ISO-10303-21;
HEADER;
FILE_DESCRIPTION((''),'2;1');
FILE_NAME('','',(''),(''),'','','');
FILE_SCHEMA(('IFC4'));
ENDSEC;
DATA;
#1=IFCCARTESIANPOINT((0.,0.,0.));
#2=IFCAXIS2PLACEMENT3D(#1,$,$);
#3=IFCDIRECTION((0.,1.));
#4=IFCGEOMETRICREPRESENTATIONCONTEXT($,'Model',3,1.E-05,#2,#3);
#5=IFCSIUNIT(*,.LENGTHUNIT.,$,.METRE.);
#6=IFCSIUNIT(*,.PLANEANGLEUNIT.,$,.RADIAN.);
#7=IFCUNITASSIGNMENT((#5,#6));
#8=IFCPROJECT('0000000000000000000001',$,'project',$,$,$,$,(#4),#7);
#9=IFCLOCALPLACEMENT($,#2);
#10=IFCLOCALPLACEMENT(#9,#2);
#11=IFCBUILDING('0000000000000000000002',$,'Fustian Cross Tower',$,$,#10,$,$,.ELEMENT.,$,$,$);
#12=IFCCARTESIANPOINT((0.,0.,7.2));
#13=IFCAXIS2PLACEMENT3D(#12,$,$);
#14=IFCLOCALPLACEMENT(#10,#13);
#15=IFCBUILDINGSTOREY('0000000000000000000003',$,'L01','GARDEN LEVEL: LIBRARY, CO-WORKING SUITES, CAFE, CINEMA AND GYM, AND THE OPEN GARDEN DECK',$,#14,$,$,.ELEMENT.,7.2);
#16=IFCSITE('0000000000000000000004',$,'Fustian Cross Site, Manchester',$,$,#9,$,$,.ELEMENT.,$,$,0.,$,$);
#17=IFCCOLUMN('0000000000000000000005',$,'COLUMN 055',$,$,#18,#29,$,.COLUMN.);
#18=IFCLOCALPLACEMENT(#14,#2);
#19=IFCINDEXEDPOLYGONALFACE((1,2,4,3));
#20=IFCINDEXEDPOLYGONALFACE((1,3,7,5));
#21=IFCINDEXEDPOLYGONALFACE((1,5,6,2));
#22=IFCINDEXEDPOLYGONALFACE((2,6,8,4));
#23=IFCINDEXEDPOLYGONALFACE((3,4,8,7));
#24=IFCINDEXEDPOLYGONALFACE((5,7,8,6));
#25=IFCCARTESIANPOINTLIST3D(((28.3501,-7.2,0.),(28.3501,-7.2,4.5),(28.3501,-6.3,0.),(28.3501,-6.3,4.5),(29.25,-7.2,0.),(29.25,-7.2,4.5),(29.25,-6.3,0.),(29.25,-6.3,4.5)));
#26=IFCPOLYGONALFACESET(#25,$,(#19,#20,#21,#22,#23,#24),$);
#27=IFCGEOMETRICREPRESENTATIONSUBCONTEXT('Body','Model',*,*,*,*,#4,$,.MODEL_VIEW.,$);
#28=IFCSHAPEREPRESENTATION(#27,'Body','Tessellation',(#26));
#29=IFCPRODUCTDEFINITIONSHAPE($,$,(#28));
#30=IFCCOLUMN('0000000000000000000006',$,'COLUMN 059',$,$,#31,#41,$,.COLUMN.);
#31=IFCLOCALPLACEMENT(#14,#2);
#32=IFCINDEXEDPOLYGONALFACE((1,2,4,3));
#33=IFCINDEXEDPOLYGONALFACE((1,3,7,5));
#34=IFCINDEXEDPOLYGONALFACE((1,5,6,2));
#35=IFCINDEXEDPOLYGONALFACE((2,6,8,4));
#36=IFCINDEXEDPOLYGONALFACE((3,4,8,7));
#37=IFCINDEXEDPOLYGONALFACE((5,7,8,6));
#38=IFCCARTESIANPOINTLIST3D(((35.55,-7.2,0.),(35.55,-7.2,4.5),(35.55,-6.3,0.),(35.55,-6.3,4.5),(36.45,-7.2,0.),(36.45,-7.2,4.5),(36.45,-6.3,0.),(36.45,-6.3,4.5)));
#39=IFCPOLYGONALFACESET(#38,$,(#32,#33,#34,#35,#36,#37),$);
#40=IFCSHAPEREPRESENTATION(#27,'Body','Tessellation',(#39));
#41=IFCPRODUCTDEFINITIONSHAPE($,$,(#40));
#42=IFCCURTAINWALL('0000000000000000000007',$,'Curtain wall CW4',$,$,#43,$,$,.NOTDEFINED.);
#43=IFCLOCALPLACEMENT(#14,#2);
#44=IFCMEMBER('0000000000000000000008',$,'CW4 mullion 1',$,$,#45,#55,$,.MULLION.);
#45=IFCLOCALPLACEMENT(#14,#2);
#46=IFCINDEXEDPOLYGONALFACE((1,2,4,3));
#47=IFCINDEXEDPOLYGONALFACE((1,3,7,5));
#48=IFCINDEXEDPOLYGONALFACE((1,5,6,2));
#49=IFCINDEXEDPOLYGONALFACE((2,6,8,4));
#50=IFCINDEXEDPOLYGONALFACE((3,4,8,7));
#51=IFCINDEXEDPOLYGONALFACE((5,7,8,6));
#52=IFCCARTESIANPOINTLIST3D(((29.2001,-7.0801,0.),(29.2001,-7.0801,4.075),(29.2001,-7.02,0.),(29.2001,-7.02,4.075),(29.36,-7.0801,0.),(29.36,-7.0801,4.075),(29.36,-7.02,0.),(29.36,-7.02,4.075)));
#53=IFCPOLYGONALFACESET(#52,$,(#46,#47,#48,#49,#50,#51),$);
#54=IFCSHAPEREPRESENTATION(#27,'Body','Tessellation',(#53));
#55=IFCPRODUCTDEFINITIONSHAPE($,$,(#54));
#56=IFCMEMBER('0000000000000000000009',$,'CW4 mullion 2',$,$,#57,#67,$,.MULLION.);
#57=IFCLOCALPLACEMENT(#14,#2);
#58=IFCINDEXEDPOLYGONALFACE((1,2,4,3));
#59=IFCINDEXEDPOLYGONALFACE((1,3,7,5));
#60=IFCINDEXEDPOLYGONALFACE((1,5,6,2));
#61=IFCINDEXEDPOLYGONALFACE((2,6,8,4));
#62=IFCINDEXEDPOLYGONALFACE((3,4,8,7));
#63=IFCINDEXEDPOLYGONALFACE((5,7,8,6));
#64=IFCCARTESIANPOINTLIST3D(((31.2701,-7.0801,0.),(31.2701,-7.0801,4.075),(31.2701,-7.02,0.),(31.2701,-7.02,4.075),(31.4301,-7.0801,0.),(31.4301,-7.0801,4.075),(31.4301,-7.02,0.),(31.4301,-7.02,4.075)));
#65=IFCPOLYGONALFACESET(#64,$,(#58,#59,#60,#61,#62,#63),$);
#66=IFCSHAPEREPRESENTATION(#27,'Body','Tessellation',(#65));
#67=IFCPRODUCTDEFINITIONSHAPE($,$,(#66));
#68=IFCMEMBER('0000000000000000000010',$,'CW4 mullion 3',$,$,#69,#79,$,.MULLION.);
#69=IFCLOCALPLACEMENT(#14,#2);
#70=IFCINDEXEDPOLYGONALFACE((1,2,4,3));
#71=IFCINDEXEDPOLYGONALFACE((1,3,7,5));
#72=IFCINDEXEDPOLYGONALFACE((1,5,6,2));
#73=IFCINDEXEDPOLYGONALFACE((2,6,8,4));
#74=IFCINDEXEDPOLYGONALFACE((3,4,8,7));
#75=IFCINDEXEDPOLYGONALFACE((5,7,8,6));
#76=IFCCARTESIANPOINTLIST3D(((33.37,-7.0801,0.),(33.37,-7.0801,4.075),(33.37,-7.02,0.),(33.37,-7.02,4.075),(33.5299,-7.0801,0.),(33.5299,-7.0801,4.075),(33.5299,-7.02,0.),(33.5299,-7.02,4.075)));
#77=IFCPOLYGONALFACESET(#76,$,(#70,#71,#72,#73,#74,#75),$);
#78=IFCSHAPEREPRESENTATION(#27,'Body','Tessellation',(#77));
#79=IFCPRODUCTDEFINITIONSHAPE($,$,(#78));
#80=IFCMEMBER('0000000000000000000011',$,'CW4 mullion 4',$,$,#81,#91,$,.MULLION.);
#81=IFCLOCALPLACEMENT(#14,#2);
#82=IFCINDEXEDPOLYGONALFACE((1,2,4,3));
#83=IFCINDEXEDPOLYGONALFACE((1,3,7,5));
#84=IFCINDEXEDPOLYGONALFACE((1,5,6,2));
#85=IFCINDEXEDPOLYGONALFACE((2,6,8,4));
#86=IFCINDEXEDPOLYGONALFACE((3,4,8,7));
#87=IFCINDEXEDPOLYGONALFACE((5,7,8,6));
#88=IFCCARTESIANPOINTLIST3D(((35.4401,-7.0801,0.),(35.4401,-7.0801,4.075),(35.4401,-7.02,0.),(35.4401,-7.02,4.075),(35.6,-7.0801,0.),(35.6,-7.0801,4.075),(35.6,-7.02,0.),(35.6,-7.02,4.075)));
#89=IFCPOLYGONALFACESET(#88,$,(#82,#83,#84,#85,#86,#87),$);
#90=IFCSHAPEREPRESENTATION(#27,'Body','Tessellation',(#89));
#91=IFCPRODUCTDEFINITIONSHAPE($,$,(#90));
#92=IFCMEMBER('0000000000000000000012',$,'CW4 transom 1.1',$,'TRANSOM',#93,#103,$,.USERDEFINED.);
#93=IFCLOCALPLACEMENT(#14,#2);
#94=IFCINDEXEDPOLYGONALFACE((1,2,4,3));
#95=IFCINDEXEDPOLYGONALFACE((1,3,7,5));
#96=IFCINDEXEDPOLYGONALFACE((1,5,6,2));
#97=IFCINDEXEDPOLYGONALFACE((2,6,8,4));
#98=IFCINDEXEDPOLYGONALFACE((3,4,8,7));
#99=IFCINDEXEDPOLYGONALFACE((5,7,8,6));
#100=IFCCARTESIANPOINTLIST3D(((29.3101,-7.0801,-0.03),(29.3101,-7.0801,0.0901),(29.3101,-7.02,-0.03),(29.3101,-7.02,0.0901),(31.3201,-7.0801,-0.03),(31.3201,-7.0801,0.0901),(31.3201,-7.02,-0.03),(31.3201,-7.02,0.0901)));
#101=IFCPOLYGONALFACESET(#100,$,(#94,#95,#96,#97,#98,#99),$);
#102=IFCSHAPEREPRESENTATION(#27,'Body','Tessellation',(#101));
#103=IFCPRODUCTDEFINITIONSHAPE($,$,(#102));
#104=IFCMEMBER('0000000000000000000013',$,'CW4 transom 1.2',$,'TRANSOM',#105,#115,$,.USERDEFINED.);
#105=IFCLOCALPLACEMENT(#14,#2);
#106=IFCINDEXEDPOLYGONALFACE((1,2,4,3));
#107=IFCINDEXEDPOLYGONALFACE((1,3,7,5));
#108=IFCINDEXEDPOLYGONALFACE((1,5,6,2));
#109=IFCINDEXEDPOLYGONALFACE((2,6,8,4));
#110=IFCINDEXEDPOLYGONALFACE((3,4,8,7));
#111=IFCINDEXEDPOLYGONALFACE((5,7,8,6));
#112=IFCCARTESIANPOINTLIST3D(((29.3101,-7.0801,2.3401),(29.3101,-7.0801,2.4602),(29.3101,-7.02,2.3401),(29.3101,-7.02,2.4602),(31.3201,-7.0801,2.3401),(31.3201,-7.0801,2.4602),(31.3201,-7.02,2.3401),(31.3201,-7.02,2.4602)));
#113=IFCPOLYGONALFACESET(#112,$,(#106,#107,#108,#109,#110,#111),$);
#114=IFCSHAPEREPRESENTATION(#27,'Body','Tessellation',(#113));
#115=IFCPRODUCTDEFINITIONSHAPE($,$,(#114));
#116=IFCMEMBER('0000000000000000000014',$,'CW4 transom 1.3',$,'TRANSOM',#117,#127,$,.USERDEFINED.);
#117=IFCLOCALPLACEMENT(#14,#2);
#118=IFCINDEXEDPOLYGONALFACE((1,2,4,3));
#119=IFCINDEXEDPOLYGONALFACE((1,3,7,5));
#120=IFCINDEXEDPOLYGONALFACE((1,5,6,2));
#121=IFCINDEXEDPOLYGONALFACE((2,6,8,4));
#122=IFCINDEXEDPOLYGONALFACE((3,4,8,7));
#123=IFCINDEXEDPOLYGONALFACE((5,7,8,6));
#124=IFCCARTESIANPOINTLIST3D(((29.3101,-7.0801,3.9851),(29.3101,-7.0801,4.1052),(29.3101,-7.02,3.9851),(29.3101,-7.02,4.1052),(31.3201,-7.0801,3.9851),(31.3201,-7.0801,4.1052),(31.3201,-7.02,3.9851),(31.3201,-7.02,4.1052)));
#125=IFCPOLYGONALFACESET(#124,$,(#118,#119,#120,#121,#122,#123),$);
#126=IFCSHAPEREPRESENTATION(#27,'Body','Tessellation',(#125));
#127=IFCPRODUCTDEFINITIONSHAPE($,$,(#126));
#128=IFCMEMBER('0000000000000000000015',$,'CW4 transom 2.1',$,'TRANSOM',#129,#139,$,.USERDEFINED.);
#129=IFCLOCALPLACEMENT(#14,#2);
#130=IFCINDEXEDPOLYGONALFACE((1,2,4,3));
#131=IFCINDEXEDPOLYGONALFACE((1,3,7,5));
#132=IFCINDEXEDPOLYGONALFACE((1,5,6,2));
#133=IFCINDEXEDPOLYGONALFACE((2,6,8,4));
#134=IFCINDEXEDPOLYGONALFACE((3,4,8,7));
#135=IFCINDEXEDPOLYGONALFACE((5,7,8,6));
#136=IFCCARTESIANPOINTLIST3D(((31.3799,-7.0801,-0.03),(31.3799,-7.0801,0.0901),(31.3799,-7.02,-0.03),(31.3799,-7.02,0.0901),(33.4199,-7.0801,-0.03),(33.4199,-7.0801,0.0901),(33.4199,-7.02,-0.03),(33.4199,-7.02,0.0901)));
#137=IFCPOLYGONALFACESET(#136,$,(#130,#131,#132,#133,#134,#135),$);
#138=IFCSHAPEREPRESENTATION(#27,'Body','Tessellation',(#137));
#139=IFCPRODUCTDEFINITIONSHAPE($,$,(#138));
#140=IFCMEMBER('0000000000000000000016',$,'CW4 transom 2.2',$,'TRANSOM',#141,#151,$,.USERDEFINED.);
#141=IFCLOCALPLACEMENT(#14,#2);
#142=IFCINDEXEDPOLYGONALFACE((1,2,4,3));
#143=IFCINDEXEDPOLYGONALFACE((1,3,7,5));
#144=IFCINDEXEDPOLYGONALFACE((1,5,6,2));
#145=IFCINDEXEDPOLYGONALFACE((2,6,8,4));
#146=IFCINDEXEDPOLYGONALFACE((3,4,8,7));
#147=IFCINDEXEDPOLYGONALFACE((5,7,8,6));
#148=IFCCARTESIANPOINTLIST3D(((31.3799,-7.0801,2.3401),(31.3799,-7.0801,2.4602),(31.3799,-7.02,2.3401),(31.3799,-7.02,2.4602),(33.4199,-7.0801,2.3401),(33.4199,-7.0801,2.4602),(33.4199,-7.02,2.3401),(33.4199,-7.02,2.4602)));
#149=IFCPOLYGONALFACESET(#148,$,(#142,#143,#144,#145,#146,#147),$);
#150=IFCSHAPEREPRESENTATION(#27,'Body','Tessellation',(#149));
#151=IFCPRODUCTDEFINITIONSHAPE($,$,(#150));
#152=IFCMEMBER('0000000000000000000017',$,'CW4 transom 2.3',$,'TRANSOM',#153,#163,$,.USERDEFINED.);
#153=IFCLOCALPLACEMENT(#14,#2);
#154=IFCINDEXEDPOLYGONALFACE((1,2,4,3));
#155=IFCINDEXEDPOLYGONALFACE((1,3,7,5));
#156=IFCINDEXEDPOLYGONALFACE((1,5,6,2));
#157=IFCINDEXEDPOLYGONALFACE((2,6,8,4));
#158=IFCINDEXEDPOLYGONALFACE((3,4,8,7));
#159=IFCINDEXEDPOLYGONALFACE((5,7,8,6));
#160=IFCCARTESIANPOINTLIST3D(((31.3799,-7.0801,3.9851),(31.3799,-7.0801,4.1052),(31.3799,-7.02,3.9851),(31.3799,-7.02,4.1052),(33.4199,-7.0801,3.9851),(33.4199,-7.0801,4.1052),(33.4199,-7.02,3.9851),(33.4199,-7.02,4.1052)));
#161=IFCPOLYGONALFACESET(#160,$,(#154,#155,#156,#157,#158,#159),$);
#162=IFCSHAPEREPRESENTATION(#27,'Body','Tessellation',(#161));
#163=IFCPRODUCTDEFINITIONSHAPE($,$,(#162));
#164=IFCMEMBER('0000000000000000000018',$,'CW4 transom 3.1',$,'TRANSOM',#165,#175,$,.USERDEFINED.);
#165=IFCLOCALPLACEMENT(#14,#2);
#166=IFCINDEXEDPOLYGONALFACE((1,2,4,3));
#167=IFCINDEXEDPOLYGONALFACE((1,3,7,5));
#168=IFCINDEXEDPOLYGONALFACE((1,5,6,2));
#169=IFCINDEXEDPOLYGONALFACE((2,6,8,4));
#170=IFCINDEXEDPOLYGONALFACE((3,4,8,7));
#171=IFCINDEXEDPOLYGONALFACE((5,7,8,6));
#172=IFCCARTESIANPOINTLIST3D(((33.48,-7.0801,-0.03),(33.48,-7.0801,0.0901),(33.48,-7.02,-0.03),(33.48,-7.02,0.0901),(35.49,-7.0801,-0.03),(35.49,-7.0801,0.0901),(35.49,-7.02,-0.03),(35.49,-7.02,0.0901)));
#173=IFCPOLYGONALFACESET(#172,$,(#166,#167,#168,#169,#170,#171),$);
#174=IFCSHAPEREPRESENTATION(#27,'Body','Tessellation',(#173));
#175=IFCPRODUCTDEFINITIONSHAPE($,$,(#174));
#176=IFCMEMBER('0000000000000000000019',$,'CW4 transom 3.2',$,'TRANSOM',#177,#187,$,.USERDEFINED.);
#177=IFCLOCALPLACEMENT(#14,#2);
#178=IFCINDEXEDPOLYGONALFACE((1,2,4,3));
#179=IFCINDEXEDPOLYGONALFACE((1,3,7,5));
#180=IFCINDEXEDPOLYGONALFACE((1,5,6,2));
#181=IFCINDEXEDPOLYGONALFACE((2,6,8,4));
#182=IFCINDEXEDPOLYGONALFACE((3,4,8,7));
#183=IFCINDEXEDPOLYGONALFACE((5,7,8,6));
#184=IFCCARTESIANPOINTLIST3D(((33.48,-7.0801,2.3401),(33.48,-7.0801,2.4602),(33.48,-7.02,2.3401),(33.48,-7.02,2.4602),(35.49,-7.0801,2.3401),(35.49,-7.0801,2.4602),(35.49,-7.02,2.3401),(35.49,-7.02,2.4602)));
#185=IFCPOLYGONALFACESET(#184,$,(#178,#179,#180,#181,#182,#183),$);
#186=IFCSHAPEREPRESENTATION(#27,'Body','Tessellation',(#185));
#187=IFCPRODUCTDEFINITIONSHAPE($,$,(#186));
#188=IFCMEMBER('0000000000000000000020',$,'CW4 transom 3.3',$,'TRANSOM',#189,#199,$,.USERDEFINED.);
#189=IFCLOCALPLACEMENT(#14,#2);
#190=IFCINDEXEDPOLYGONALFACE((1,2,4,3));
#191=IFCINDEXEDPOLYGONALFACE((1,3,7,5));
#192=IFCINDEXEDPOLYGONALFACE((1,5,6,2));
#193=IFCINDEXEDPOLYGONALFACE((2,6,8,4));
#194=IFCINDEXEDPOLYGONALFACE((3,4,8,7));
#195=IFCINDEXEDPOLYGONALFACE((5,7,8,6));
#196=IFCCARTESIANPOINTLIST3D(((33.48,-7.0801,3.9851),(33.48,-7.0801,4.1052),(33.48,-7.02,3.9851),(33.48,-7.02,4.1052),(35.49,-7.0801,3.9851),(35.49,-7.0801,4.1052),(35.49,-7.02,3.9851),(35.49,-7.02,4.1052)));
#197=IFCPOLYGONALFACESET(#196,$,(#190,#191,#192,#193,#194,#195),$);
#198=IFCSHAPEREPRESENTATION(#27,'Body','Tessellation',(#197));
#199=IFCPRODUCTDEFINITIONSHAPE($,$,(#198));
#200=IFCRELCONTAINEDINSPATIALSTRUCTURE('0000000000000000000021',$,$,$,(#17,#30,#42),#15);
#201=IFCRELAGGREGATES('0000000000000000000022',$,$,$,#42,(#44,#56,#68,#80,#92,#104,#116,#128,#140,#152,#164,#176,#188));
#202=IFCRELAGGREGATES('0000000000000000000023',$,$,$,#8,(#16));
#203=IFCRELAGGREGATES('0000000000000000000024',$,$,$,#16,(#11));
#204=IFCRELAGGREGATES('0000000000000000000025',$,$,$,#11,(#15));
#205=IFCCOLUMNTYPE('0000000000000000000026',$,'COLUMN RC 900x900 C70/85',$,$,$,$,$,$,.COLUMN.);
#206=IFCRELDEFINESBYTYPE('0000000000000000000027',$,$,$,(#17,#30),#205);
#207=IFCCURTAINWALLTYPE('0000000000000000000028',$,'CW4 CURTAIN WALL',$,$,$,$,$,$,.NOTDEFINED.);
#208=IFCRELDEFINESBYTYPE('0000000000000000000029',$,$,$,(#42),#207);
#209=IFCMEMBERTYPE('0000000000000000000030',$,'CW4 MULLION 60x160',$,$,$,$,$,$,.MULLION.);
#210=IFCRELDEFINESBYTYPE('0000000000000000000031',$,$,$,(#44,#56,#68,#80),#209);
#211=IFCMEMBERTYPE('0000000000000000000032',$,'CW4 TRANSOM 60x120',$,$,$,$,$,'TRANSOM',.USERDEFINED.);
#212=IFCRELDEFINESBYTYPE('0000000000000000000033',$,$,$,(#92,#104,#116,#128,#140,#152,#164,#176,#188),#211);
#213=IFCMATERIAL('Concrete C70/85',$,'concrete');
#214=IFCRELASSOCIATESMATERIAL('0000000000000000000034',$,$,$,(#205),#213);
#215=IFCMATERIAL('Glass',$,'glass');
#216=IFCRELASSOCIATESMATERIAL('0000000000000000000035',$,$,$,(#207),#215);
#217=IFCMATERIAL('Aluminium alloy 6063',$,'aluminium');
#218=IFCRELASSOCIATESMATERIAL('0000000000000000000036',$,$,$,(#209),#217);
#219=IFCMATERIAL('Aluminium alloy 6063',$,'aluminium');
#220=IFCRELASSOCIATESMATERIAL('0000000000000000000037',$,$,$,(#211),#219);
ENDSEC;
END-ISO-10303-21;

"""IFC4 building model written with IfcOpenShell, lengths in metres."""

from ifc_helpers import new_model, si_unit, direction, frame, origin, origin_2d, place, context, subcontext, project, spatial, rectangle, extrude, material, material_profile, profile_set, type_object, element, aggregate, save


model = new_model("IFC4")

# Units and contexts
model_context = context("Model", 3, precision=1e-05, world=origin(), true_north=direction((0.0, 1.0)))
body_context = subcontext(model_context, "Body", "Model", "MODEL_VIEW")
ifc_project = project(units=[si_unit("LENGTHUNIT", "METRE"), si_unit("PLANEANGLEUNIT", "RADIAN")], contexts=[model_context])

# Site, building, storey
site_placement = place(None, origin())
site = spatial("IfcSite", under=ifc_project, at=site_placement, Name="Fustian Cross Site, Manchester", CompositionType="ELEMENT", RefElevation=0.0)
building_placement = place(site_placement, origin())
building = spatial("IfcBuilding", under=site, at=building_placement, Name="Fustian Cross Tower", CompositionType="ELEMENT")
storey_placement = place(building_placement, frame((0.0, 0.0, 7.2)))
storey = spatial("IfcBuildingStorey", under=building, at=storey_placement, Name="L01", Description="GARDEN LEVEL: LIBRARY, CO-WORKING SUITES, CAFE, CINEMA AND GYM, AND THE OPEN GARDEN DECK", CompositionType="ELEMENT", Elevation=7.2)

# Columns
ifc_material_1 = material(Name="Concrete C70/85", Category="concrete")
ifc_material_profile_1 = material_profile(ifc_material_1, rectangle(XDim=0.8999, YDim=0.8999, at=origin_2d()), Name="RC 900x900")
ifc_profile_set_1 = profile_set([ifc_material_profile_1], Name="Concrete C70/85")
column_type = type_object("IfcColumnType", Name="COLUMN RC 900x900 C70/85", PredefinedType="COLUMN", material=ifc_profile_set_1)
for number, where, z_axis, x_axis, name in (
    (1, (28.8, -6.75, 0.0), (0.0, 0.0, 1.0), (1.0, 0.0, 0.0), "COLUMN 055"),
    (2, (36.0, -6.75, 0.0), (0.0, 0.0, 1.0), (1.0, 0.0, 0.0), "COLUMN 059"),
):
    element("IfcColumn", number, at=place(storey_placement, frame(where, z_axis=z_axis, x_axis=x_axis)), inside=storey, type_object=column_type, Name=name, PredefinedType="COLUMN", context=body_context, shape_type="SweptSolid", body=[
        extrude(rectangle(XDim=0.8999, YDim=0.8999, at=origin_2d()), origin(), (0.0, 0.0, 1.0), 4.5),
    ])

# Curtain wall, members
ifc_material_2 = material(Name="Glass", Category="glass")
curtain_wall_type = type_object("IfcCurtainWallType", Name="CW4 CURTAIN WALL", PredefinedType="NOTDEFINED", material=ifc_material_2)
curtain_wall_placement = place(storey_placement, origin())
curtain_wall = element("IfcCurtainWall", 3, at=curtain_wall_placement, inside=storey, type_object=curtain_wall_type, Name="Curtain wall CW4", PredefinedType="NOTDEFINED")
ifc_material_3 = material(Name="Aluminium alloy 6063", Category="aluminium")
ifc_material_profile_2 = material_profile(ifc_material_3, rectangle(XDim=0.0601, YDim=0.1599, at=origin_2d()), Name="CW4 MULLION 60x160")
ifc_profile_set_2 = profile_set([ifc_material_profile_2], Name="Aluminium alloy 6063")
member_type_1 = type_object("IfcMemberType", Name="CW4 MULLION 60x160", PredefinedType="MULLION", material=ifc_profile_set_2)
member_1_placement = place(storey_placement, frame((29.28, -7.05, 0.0), z_axis=(0.0, 0.0, 1.0), x_axis=(0.0, 1.0, 0.0)))
member_1 = element("IfcMember", 4, at=member_1_placement, type_object=member_type_1, Name="CW4 mullion 1", PredefinedType="MULLION", context=body_context, shape_type="SweptSolid", body=[
    extrude(rectangle(XDim=0.0601, YDim=0.1599, at=origin_2d()), origin(), (0.0, 0.0, 1.0), 4.075),
])
member_2_placement = place(storey_placement, frame((31.3501, -7.05, 0.0), z_axis=(0.0, 0.0, 1.0), x_axis=(0.0, 1.0, 0.0)))
member_2 = element("IfcMember", 5, at=member_2_placement, type_object=member_type_1, Name="CW4 mullion 2", PredefinedType="MULLION", context=body_context, shape_type="SweptSolid", body=[
    extrude(rectangle(XDim=0.0601, YDim=0.1599, at=origin_2d()), origin(), (0.0, 0.0, 1.0), 4.075),
])
member_3_placement = place(storey_placement, frame((33.45, -7.05, 0.0), z_axis=(0.0, 0.0, 1.0), x_axis=(0.0, 1.0, 0.0)))
member_3 = element("IfcMember", 6, at=member_3_placement, type_object=member_type_1, Name="CW4 mullion 3", PredefinedType="MULLION", context=body_context, shape_type="SweptSolid", body=[
    extrude(rectangle(XDim=0.0601, YDim=0.1599, at=origin_2d()), origin(), (0.0, 0.0, 1.0), 4.075),
])
member_4_placement = place(storey_placement, frame((35.52, -7.05, 0.0), z_axis=(0.0, 0.0, 1.0), x_axis=(0.0, 1.0, 0.0)))
member_4 = element("IfcMember", 7, at=member_4_placement, type_object=member_type_1, Name="CW4 mullion 4", PredefinedType="MULLION", context=body_context, shape_type="SweptSolid", body=[
    extrude(rectangle(XDim=0.0601, YDim=0.1599, at=origin_2d()), origin(), (0.0, 0.0, 1.0), 4.075),
])
ifc_material_4 = material(Name="Aluminium alloy 6063", Category="aluminium")
ifc_material_profile_3 = material_profile(ifc_material_4, rectangle(XDim=0.0601, YDim=0.1201, at=origin_2d()), Name="CW4 TRANSOM 60x120")
ifc_profile_set_3 = profile_set([ifc_material_profile_3], Name="Aluminium alloy 6063")
member_type_2 = type_object("IfcMemberType", Name="CW4 TRANSOM 60x120", ElementType="TRANSOM", PredefinedType="USERDEFINED", material=ifc_profile_set_3)
member_5_placement = place(storey_placement, frame((29.3101, -7.05, 0.03), z_axis=(1.0, 0.0, 0.0), x_axis=(0.0, 1.0, 0.0)))
member_5 = element("IfcMember", 8, at=member_5_placement, type_object=member_type_2, Name="CW4 transom 1.1", ObjectType="TRANSOM", PredefinedType="USERDEFINED", context=body_context, shape_type="SweptSolid", body=[
    extrude(rectangle(XDim=0.0601, YDim=0.1201, at=origin_2d()), origin(), (0.0, 0.0, 1.0), 2.01),
])
member_6_placement = place(storey_placement, frame((29.3101, -7.05, 2.4001), z_axis=(1.0, 0.0, 0.0), x_axis=(0.0, 1.0, 0.0)))
member_6 = element("IfcMember", 9, at=member_6_placement, type_object=member_type_2, Name="CW4 transom 1.2", ObjectType="TRANSOM", PredefinedType="USERDEFINED", context=body_context, shape_type="SweptSolid", body=[
    extrude(rectangle(XDim=0.0601, YDim=0.1201, at=origin_2d()), origin(), (0.0, 0.0, 1.0), 2.01),
])
member_7_placement = place(storey_placement, frame((29.3101, -7.05, 4.0452), z_axis=(1.0, 0.0, 0.0), x_axis=(0.0, 1.0, 0.0)))
member_7 = element("IfcMember", 10, at=member_7_placement, type_object=member_type_2, Name="CW4 transom 1.3", ObjectType="TRANSOM", PredefinedType="USERDEFINED", context=body_context, shape_type="SweptSolid", body=[
    extrude(rectangle(XDim=0.0601, YDim=0.1201, at=origin_2d()), origin(), (0.0, 0.0, 1.0), 2.01),
])
member_8_placement = place(storey_placement, frame((31.3799, -7.05, 0.03), z_axis=(1.0, 0.0, 0.0), x_axis=(0.0, 1.0, 0.0)))
member_8 = element("IfcMember", 11, at=member_8_placement, type_object=member_type_2, Name="CW4 transom 2.1", ObjectType="TRANSOM", PredefinedType="USERDEFINED", context=body_context, shape_type="SweptSolid", body=[
    extrude(rectangle(XDim=0.0601, YDim=0.1201, at=origin_2d()), origin(), (0.0, 0.0, 1.0), 2.04),
])
member_9_placement = place(storey_placement, frame((31.3799, -7.05, 2.4001), z_axis=(1.0, 0.0, 0.0), x_axis=(0.0, 1.0, 0.0)))
member_9 = element("IfcMember", 12, at=member_9_placement, type_object=member_type_2, Name="CW4 transom 2.2", ObjectType="TRANSOM", PredefinedType="USERDEFINED", context=body_context, shape_type="SweptSolid", body=[
    extrude(rectangle(XDim=0.0601, YDim=0.1201, at=origin_2d()), origin(), (0.0, 0.0, 1.0), 2.04),
])
member_10_placement = place(storey_placement, frame((31.3799, -7.05, 4.0452), z_axis=(1.0, 0.0, 0.0), x_axis=(0.0, 1.0, 0.0)))
member_10 = element("IfcMember", 13, at=member_10_placement, type_object=member_type_2, Name="CW4 transom 2.3", ObjectType="TRANSOM", PredefinedType="USERDEFINED", context=body_context, shape_type="SweptSolid", body=[
    extrude(rectangle(XDim=0.0601, YDim=0.1201, at=origin_2d()), origin(), (0.0, 0.0, 1.0), 2.04),
])
member_11_placement = place(storey_placement, frame((33.48, -7.05, 0.03), z_axis=(1.0, 0.0, 0.0), x_axis=(0.0, 1.0, 0.0)))
member_11 = element("IfcMember", 14, at=member_11_placement, type_object=member_type_2, Name="CW4 transom 3.1", ObjectType="TRANSOM", PredefinedType="USERDEFINED", context=body_context, shape_type="SweptSolid", body=[
    extrude(rectangle(XDim=0.0601, YDim=0.1201, at=origin_2d()), origin(), (0.0, 0.0, 1.0), 2.01),
])
member_12_placement = place(storey_placement, frame((33.48, -7.05, 2.4001), z_axis=(1.0, 0.0, 0.0), x_axis=(0.0, 1.0, 0.0)))
member_12 = element("IfcMember", 15, at=member_12_placement, type_object=member_type_2, Name="CW4 transom 3.2", ObjectType="TRANSOM", PredefinedType="USERDEFINED", context=body_context, shape_type="SweptSolid", body=[
    extrude(rectangle(XDim=0.0601, YDim=0.1201, at=origin_2d()), origin(), (0.0, 0.0, 1.0), 2.01),
])
member_13_placement = place(storey_placement, frame((33.48, -7.05, 4.0452), z_axis=(1.0, 0.0, 0.0), x_axis=(0.0, 1.0, 0.0)))
member_13 = element("IfcMember", 16, at=member_13_placement, type_object=member_type_2, Name="CW4 transom 3.3", ObjectType="TRANSOM", PredefinedType="USERDEFINED", context=body_context, shape_type="SweptSolid", body=[
    extrude(rectangle(XDim=0.0601, YDim=0.1201, at=origin_2d()), origin(), (0.0, 0.0, 1.0), 2.01),
])

aggregate(curtain_wall, [member_1, member_2, member_3, member_4, member_5, member_6, member_7, member_8, member_9, member_10, member_11, member_12, member_13])

save(model, "model.ifc")
